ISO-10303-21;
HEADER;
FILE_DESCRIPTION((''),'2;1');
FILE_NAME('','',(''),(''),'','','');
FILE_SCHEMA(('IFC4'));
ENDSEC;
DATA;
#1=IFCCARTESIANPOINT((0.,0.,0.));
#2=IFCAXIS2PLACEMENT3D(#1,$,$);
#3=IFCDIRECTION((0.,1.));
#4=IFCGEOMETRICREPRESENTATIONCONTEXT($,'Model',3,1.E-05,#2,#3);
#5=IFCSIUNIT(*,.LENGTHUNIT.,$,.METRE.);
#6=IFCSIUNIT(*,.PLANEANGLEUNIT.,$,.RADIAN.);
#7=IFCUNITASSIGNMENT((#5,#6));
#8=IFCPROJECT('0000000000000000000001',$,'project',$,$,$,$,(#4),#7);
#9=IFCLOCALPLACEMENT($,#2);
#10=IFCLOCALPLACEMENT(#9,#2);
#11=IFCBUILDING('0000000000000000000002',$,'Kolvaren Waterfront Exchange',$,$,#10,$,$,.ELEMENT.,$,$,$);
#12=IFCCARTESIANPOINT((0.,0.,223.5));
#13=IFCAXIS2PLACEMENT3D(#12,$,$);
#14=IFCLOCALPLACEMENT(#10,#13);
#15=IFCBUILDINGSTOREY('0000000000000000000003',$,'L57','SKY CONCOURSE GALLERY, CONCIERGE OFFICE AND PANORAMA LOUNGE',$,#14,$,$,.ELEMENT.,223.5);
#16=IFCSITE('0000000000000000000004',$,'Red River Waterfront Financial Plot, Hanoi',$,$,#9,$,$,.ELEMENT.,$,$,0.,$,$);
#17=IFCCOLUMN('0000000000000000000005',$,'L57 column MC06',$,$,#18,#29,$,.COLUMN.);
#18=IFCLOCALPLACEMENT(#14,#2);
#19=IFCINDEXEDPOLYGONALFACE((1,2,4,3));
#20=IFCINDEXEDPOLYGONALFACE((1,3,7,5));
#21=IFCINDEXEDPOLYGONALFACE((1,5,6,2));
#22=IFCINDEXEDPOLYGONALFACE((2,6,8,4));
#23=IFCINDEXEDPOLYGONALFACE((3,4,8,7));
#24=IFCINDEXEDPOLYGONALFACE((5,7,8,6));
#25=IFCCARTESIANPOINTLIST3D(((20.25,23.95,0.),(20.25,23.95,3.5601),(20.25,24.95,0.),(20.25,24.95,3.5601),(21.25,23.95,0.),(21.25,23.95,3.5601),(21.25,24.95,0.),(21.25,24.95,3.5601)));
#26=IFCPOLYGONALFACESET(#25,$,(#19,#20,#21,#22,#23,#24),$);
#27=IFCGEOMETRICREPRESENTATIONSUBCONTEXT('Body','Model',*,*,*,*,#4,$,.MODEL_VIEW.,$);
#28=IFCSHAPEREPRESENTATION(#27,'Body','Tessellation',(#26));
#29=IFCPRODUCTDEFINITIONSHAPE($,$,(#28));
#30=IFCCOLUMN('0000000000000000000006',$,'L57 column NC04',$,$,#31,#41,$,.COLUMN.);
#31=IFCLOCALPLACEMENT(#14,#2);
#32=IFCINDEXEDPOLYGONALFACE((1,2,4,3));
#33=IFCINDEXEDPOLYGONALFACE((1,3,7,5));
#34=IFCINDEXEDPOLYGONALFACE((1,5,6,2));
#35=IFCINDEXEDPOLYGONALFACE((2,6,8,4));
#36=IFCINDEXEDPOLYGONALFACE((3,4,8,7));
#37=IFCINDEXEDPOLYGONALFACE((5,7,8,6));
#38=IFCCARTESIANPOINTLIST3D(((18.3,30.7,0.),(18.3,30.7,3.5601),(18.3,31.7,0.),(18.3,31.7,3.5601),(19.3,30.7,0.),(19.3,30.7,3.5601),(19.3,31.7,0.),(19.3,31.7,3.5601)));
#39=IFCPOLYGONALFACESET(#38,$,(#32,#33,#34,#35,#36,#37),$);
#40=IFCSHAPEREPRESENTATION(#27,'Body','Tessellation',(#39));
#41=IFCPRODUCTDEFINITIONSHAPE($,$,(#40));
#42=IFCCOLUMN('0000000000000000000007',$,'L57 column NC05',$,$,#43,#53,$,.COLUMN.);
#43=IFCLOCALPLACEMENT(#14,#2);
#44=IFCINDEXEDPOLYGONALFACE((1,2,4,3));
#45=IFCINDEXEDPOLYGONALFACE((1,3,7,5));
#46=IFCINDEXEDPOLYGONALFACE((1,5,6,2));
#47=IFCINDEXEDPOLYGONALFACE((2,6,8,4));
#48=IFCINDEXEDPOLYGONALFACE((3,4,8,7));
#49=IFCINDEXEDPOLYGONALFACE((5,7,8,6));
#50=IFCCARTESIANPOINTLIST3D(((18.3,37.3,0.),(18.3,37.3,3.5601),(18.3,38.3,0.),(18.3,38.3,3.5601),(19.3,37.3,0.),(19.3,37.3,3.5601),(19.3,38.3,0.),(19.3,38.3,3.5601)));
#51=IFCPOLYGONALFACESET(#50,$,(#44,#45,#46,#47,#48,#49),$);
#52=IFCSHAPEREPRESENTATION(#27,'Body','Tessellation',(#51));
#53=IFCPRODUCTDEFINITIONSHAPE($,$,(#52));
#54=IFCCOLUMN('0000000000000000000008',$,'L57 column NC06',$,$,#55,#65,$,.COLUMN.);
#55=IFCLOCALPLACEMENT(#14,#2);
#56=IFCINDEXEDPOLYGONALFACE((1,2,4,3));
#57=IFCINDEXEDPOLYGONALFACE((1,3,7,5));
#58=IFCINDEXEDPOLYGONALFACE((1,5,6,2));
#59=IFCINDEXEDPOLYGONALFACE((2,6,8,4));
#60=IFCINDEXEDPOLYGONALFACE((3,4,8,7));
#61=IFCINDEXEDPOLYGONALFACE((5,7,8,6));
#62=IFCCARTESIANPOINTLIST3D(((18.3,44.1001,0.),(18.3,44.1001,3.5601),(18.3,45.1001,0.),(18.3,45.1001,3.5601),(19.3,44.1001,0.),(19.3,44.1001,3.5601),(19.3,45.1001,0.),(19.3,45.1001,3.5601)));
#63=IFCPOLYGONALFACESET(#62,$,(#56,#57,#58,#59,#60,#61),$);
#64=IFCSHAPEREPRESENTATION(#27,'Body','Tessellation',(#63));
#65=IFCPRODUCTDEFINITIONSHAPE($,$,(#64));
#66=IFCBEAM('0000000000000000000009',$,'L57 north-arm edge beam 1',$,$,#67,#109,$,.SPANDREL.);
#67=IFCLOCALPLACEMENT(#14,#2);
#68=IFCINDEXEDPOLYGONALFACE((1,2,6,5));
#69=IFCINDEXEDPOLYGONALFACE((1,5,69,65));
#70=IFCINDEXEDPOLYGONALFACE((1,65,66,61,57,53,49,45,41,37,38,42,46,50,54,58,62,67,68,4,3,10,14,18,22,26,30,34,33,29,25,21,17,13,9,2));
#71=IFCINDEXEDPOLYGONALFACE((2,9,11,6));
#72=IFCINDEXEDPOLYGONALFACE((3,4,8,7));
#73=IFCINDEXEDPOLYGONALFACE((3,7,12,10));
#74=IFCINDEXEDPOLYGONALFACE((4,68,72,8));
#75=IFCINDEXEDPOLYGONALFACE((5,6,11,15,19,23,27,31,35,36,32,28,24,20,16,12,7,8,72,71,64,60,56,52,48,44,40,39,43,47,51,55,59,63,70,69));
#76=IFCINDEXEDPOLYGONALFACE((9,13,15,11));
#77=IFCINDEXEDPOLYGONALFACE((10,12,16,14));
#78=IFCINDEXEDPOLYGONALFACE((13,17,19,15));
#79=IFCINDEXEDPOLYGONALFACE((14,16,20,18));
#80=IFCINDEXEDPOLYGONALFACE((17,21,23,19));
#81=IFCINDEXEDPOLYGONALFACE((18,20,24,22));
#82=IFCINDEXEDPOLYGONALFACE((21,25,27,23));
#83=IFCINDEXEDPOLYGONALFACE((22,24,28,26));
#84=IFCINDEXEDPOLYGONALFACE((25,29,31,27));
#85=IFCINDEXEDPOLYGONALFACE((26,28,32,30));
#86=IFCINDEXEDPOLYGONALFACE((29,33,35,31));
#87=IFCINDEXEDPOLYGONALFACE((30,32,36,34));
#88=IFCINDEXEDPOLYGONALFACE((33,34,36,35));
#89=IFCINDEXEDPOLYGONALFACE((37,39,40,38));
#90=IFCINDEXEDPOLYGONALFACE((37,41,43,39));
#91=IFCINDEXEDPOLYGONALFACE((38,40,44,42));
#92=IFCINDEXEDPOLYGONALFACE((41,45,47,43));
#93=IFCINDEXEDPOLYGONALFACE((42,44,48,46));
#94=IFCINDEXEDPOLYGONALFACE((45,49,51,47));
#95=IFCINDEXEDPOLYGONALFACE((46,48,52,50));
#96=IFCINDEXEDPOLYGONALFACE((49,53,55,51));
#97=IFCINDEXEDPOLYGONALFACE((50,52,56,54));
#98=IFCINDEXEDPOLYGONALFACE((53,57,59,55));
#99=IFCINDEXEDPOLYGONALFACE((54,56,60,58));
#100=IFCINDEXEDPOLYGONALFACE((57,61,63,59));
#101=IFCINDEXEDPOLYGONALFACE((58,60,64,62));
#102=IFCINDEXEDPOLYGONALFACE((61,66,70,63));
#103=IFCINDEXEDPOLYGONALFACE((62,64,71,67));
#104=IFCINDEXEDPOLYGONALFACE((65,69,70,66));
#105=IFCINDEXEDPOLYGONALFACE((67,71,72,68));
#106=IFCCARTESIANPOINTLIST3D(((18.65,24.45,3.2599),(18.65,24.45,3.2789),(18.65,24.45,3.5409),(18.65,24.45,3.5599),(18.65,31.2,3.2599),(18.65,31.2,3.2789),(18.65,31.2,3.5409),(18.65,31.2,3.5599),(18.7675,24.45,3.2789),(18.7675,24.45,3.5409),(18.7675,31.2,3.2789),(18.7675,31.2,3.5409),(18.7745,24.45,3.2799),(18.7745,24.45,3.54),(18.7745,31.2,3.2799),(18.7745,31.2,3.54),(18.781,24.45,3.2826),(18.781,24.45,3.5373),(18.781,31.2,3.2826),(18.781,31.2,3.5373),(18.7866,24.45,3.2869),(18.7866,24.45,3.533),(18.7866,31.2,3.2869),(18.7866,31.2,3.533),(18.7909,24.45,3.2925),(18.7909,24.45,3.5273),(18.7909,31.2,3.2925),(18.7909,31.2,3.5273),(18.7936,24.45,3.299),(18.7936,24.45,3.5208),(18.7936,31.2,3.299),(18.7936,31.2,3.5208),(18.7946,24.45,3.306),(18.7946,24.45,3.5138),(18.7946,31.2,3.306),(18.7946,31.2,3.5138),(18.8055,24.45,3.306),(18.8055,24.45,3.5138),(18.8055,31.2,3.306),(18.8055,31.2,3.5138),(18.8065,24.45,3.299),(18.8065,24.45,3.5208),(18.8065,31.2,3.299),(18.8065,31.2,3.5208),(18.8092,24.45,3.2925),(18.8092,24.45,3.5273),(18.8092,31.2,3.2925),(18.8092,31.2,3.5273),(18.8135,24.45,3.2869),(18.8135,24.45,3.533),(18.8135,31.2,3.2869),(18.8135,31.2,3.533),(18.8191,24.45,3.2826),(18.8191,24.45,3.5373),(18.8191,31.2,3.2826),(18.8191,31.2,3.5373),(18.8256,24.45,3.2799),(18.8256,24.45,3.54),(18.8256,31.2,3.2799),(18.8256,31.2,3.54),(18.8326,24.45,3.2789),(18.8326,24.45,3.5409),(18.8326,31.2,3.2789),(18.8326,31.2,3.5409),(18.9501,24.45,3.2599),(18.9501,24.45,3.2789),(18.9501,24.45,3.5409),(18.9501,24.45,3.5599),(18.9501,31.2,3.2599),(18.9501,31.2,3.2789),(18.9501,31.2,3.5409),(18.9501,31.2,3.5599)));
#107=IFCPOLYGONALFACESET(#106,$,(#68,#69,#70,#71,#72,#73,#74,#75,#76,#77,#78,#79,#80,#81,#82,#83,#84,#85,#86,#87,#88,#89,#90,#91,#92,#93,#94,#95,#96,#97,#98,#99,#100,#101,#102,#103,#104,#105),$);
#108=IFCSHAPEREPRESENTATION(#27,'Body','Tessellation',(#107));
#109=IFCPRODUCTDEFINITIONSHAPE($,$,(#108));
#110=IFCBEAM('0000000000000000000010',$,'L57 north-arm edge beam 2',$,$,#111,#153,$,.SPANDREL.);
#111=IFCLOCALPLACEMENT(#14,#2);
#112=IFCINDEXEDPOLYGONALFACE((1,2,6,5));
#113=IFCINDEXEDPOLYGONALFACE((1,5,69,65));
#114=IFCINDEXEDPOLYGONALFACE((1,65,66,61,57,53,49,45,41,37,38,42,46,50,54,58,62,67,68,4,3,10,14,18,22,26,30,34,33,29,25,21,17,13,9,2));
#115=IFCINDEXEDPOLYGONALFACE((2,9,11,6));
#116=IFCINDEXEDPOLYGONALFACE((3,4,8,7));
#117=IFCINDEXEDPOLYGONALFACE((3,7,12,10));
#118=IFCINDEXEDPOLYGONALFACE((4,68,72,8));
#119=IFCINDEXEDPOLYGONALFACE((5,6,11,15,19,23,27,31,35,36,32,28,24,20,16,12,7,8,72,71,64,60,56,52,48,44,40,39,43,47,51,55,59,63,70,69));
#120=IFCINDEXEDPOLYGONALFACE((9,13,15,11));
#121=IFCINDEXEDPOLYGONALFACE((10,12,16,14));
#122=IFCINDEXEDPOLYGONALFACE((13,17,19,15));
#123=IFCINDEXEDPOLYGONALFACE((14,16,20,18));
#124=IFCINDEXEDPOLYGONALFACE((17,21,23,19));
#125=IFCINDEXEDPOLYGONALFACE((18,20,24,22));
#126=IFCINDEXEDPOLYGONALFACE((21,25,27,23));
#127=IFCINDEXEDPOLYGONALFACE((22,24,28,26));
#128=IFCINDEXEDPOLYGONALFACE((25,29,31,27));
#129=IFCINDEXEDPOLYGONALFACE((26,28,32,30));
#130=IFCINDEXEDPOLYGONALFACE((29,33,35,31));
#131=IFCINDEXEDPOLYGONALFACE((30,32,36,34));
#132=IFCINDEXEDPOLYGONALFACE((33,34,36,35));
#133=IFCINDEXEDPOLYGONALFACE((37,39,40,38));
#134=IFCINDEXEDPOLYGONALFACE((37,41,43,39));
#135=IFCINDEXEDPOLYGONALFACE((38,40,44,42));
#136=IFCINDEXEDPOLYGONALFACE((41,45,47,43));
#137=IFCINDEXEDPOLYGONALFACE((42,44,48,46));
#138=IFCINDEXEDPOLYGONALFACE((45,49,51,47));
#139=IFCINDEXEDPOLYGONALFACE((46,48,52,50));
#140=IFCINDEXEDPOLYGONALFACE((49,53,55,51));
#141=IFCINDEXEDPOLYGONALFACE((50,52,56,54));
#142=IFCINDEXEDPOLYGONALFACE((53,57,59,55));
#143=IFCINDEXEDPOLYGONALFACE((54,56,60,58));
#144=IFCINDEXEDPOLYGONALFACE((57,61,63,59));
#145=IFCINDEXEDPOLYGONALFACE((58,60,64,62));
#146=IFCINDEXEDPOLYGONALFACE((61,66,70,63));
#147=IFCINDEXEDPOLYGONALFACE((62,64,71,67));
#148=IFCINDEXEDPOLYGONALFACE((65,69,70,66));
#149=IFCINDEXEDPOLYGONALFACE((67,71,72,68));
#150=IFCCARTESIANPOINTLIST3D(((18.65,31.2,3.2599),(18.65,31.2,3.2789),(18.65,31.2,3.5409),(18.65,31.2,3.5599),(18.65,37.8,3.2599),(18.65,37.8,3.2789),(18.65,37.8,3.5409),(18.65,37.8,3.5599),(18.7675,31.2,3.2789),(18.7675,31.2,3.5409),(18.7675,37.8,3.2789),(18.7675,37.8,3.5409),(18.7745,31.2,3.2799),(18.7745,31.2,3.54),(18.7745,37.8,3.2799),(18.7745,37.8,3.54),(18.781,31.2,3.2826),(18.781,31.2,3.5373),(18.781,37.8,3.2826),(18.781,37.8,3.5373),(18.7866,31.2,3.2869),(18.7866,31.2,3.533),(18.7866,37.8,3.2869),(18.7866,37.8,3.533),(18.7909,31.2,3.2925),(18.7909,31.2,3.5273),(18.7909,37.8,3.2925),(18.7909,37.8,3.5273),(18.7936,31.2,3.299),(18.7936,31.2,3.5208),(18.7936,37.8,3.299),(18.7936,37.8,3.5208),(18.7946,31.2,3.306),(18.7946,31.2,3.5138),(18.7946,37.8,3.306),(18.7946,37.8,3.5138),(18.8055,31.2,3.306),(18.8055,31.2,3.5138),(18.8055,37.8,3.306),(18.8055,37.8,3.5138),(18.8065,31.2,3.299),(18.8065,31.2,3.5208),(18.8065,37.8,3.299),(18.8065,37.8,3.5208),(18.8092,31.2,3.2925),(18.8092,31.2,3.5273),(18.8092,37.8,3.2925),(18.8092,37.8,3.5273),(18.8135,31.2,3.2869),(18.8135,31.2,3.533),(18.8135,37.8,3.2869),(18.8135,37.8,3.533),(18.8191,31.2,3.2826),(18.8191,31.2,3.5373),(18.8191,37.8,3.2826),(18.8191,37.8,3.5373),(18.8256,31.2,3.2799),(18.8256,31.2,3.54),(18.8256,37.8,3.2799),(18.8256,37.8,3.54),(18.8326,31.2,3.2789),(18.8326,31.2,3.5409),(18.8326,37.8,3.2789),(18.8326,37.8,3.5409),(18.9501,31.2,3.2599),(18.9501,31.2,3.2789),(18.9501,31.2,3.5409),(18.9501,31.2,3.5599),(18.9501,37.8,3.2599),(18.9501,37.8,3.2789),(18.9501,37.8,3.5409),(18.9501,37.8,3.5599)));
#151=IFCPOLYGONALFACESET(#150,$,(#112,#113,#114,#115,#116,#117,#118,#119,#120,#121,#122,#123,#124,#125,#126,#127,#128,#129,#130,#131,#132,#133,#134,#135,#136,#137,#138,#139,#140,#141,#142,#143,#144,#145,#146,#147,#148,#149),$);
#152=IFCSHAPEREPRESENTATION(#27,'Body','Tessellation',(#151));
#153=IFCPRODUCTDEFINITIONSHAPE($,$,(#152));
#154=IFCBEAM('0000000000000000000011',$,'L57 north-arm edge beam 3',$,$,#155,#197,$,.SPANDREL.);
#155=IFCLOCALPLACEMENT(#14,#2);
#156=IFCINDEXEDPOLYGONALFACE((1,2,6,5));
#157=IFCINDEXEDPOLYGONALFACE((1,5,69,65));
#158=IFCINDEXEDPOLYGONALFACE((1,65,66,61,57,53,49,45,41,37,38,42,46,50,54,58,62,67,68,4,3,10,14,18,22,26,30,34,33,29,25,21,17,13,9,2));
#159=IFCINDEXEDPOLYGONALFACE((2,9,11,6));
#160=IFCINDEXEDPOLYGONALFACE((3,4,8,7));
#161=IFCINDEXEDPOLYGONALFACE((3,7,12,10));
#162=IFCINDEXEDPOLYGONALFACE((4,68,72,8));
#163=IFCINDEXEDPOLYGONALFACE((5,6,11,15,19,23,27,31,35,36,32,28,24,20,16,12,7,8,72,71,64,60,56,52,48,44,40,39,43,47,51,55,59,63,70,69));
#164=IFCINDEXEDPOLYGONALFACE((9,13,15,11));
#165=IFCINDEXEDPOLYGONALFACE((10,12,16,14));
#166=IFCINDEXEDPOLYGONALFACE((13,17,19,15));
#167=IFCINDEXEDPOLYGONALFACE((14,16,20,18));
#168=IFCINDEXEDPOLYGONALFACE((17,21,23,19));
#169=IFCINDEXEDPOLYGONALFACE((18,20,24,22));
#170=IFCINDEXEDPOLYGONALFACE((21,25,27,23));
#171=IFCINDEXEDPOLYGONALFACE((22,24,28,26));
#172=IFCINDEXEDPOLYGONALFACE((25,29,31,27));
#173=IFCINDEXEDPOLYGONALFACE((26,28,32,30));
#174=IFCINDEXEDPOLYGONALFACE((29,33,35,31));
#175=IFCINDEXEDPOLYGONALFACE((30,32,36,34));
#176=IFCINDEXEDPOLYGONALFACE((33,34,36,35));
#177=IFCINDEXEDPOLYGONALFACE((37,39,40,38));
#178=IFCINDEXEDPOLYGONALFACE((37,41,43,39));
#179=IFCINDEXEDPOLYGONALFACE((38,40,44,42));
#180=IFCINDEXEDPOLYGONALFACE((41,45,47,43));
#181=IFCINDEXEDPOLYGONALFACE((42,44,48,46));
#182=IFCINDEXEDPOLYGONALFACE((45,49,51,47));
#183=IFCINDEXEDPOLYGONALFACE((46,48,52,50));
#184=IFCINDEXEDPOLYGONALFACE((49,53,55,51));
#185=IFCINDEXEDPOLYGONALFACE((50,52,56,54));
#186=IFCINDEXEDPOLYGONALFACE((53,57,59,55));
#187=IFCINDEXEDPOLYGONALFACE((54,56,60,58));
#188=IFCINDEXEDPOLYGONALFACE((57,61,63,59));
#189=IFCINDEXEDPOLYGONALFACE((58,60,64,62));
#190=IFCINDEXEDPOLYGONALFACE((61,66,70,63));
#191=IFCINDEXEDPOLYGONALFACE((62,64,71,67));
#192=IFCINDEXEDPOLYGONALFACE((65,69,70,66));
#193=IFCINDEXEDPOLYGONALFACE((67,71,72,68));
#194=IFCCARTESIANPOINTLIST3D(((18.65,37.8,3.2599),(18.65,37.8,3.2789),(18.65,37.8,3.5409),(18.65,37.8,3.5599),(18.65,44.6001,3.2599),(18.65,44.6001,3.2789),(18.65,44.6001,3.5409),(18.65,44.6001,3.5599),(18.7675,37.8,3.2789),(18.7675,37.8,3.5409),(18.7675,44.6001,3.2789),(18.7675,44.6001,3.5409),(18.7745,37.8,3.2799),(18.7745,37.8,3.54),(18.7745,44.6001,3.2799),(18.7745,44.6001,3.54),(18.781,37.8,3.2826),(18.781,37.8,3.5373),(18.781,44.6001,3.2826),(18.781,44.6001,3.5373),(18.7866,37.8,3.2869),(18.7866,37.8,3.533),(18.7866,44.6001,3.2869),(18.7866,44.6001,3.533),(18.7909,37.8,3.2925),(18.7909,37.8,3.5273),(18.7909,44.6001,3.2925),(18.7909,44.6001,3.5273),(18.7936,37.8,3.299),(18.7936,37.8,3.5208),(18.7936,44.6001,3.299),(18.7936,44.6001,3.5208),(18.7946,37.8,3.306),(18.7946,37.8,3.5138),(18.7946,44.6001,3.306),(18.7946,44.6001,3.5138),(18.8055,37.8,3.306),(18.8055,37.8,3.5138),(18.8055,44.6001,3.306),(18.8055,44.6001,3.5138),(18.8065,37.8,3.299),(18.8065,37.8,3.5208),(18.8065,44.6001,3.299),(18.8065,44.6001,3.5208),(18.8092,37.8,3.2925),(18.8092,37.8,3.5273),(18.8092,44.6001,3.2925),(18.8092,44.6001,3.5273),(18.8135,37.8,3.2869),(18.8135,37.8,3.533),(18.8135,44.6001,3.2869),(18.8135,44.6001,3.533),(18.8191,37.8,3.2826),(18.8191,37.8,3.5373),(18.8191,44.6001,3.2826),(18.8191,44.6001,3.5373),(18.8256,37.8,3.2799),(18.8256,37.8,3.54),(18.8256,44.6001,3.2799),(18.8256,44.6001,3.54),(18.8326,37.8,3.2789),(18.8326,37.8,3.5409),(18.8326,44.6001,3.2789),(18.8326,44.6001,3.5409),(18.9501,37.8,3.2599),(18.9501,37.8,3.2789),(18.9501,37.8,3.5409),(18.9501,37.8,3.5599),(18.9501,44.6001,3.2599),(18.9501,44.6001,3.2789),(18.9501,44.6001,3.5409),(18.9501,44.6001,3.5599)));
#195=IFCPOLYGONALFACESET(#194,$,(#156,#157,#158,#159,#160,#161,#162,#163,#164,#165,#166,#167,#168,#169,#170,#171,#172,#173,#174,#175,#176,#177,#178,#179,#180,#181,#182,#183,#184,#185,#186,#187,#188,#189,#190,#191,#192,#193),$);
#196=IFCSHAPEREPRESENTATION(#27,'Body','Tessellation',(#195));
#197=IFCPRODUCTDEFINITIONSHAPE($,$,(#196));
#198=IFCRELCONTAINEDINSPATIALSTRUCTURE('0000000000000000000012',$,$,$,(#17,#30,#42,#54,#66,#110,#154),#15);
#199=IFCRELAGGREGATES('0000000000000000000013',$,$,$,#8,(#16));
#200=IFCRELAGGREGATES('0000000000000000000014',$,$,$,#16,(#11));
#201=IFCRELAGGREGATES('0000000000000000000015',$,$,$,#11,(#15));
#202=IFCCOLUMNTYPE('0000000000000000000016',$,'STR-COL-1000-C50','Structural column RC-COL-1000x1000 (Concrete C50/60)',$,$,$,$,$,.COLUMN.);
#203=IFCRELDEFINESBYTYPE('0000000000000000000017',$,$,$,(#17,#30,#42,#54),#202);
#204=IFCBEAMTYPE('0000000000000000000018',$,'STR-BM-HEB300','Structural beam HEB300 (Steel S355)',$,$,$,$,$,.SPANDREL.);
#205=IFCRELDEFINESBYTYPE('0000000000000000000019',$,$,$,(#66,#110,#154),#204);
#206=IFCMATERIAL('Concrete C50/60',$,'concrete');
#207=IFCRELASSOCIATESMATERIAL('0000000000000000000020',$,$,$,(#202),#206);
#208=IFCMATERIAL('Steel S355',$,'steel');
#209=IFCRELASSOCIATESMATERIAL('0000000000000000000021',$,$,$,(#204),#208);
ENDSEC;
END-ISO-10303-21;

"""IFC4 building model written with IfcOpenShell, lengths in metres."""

from ifc_helpers import new_model, si_unit, direction, frame, origin, origin_2d, place, context, subcontext, project, spatial, rectangle, i_section, extrude, material, material_profile, profile_set, type_object, element, save


model = new_model("IFC4")

# Units and contexts
model_context = context("Model", 3, precision=1e-05, world=origin(), true_north=direction((0.0, 1.0)))
body_context = subcontext(model_context, "Body", "Model", "MODEL_VIEW")
ifc_project = project(units=[si_unit("LENGTHUNIT", "METRE"), si_unit("PLANEANGLEUNIT", "RADIAN")], contexts=[model_context])

# Site, building, storey
site_placement = place(None, origin())
site = spatial("IfcSite", under=ifc_project, at=site_placement, Name="Red River Waterfront Financial Plot, Hanoi", CompositionType="ELEMENT", RefElevation=0.0)
building_placement = place(site_placement, origin())
building = spatial("IfcBuilding", under=site, at=building_placement, Name="Kolvaren Waterfront Exchange", CompositionType="ELEMENT")
storey_placement = place(building_placement, frame((0.0, 0.0, 223.5)))
storey = spatial("IfcBuildingStorey", under=building, at=storey_placement, Name="L57", Description="SKY CONCOURSE GALLERY, CONCIERGE OFFICE AND PANORAMA LOUNGE", CompositionType="ELEMENT", Elevation=223.5)

# Columns
ifc_material_1 = material(Name="Concrete C50/60", Category="concrete")
ifc_material_profile_1 = material_profile(ifc_material_1, rectangle(XDim=1.0, YDim=1.0, at=origin_2d()), Name="RC-COL-1000x1000")
ifc_profile_set_1 = profile_set([ifc_material_profile_1], Name="Concrete C50/60")
column_type = type_object("IfcColumnType", Name="STR-COL-1000-C50", Description="Structural column RC-COL-1000x1000 (Concrete C50/60)", PredefinedType="COLUMN", material=ifc_profile_set_1)
for number, where, z_axis, x_axis, name in (
    (1, (20.75, 24.45, 0.0), (0.0, 0.0, 1.0), (1.0, 0.0, 0.0), "L57 column MC06"),
    (2, (18.8, 31.2, 0.0), (0.0, 0.0, 1.0), (1.0, 0.0, 0.0), "L57 column NC04"),
    (3, (18.8, 37.8, 0.0), (0.0, 0.0, 1.0), (1.0, 0.0, 0.0), "L57 column NC05"),
    (4, (18.8, 44.6001, 0.0), (0.0, 0.0, 1.0), (1.0, 0.0, 0.0), "L57 column NC06"),
):
    element("IfcColumn", number, at=place(storey_placement, frame(where, z_axis=z_axis, x_axis=x_axis)), inside=storey, type_object=column_type, Name=name, PredefinedType="COLUMN", context=body_context, shape_type="SweptSolid", body=[
        extrude(rectangle(XDim=1.0, YDim=1.0, at=origin_2d()), origin(), (0.0, 0.0, 1.0), 3.5601),
    ])

# Beams
ifc_material_2 = material(Name="Steel S355", Category="steel")
ifc_material_profile_2 = material_profile(ifc_material_2, i_section(OverallWidth=0.3, OverallDepth=0.3, WebThickness=0.011, FlangeThickness=0.019, FilletRadius=0.0271, at=origin_2d()), Name="HEB300")
ifc_profile_set_2 = profile_set([ifc_material_profile_2], Name="Steel S355")
beam_type = type_object("IfcBeamType", Name="STR-BM-HEB300", Description="Structural beam HEB300 (Steel S355)", PredefinedType="SPANDREL", material=ifc_profile_set_2)
beam_1_placement = place(storey_placement, frame((18.8, 24.45, 3.4099), z_axis=(0.0, 1.0, 0.0), x_axis=(-1.0, 0.0, 0.0)))
element("IfcBeam", 5, at=beam_1_placement, inside=storey, type_object=beam_type, Name="L57 north-arm edge beam 1", PredefinedType="SPANDREL", context=body_context, shape_type="SweptSolid", body=[
    extrude(i_section(OverallWidth=0.3, OverallDepth=0.3, WebThickness=0.011, FlangeThickness=0.019, FilletRadius=0.0271, at=origin_2d()), origin(), (0.0, 0.0, 1.0), 6.75),
])
beam_2_placement = place(storey_placement, frame((18.8, 31.2, 3.4099), z_axis=(0.0, 1.0, 0.0), x_axis=(-1.0, 0.0, 0.0)))
element("IfcBeam", 6, at=beam_2_placement, inside=storey, type_object=beam_type, Name="L57 north-arm edge beam 2", PredefinedType="SPANDREL", context=body_context, shape_type="SweptSolid", body=[
    extrude(i_section(OverallWidth=0.3, OverallDepth=0.3, WebThickness=0.011, FlangeThickness=0.019, FilletRadius=0.0271, at=origin_2d()), origin(), (0.0, 0.0, 1.0), 6.6001),
])
beam_3_placement = place(storey_placement, frame((18.8, 37.8, 3.4099), z_axis=(0.0, 1.0, 0.0), x_axis=(-1.0, 0.0, 0.0)))
element("IfcBeam", 7, at=beam_3_placement, inside=storey, type_object=beam_type, Name="L57 north-arm edge beam 3", PredefinedType="SPANDREL", context=body_context, shape_type="SweptSolid", body=[
    extrude(i_section(OverallWidth=0.3, OverallDepth=0.3, WebThickness=0.011, FlangeThickness=0.019, FilletRadius=0.0271, at=origin_2d()), origin(), (0.0, 0.0, 1.0), 6.8),
])

save(model, "model.ifc")
